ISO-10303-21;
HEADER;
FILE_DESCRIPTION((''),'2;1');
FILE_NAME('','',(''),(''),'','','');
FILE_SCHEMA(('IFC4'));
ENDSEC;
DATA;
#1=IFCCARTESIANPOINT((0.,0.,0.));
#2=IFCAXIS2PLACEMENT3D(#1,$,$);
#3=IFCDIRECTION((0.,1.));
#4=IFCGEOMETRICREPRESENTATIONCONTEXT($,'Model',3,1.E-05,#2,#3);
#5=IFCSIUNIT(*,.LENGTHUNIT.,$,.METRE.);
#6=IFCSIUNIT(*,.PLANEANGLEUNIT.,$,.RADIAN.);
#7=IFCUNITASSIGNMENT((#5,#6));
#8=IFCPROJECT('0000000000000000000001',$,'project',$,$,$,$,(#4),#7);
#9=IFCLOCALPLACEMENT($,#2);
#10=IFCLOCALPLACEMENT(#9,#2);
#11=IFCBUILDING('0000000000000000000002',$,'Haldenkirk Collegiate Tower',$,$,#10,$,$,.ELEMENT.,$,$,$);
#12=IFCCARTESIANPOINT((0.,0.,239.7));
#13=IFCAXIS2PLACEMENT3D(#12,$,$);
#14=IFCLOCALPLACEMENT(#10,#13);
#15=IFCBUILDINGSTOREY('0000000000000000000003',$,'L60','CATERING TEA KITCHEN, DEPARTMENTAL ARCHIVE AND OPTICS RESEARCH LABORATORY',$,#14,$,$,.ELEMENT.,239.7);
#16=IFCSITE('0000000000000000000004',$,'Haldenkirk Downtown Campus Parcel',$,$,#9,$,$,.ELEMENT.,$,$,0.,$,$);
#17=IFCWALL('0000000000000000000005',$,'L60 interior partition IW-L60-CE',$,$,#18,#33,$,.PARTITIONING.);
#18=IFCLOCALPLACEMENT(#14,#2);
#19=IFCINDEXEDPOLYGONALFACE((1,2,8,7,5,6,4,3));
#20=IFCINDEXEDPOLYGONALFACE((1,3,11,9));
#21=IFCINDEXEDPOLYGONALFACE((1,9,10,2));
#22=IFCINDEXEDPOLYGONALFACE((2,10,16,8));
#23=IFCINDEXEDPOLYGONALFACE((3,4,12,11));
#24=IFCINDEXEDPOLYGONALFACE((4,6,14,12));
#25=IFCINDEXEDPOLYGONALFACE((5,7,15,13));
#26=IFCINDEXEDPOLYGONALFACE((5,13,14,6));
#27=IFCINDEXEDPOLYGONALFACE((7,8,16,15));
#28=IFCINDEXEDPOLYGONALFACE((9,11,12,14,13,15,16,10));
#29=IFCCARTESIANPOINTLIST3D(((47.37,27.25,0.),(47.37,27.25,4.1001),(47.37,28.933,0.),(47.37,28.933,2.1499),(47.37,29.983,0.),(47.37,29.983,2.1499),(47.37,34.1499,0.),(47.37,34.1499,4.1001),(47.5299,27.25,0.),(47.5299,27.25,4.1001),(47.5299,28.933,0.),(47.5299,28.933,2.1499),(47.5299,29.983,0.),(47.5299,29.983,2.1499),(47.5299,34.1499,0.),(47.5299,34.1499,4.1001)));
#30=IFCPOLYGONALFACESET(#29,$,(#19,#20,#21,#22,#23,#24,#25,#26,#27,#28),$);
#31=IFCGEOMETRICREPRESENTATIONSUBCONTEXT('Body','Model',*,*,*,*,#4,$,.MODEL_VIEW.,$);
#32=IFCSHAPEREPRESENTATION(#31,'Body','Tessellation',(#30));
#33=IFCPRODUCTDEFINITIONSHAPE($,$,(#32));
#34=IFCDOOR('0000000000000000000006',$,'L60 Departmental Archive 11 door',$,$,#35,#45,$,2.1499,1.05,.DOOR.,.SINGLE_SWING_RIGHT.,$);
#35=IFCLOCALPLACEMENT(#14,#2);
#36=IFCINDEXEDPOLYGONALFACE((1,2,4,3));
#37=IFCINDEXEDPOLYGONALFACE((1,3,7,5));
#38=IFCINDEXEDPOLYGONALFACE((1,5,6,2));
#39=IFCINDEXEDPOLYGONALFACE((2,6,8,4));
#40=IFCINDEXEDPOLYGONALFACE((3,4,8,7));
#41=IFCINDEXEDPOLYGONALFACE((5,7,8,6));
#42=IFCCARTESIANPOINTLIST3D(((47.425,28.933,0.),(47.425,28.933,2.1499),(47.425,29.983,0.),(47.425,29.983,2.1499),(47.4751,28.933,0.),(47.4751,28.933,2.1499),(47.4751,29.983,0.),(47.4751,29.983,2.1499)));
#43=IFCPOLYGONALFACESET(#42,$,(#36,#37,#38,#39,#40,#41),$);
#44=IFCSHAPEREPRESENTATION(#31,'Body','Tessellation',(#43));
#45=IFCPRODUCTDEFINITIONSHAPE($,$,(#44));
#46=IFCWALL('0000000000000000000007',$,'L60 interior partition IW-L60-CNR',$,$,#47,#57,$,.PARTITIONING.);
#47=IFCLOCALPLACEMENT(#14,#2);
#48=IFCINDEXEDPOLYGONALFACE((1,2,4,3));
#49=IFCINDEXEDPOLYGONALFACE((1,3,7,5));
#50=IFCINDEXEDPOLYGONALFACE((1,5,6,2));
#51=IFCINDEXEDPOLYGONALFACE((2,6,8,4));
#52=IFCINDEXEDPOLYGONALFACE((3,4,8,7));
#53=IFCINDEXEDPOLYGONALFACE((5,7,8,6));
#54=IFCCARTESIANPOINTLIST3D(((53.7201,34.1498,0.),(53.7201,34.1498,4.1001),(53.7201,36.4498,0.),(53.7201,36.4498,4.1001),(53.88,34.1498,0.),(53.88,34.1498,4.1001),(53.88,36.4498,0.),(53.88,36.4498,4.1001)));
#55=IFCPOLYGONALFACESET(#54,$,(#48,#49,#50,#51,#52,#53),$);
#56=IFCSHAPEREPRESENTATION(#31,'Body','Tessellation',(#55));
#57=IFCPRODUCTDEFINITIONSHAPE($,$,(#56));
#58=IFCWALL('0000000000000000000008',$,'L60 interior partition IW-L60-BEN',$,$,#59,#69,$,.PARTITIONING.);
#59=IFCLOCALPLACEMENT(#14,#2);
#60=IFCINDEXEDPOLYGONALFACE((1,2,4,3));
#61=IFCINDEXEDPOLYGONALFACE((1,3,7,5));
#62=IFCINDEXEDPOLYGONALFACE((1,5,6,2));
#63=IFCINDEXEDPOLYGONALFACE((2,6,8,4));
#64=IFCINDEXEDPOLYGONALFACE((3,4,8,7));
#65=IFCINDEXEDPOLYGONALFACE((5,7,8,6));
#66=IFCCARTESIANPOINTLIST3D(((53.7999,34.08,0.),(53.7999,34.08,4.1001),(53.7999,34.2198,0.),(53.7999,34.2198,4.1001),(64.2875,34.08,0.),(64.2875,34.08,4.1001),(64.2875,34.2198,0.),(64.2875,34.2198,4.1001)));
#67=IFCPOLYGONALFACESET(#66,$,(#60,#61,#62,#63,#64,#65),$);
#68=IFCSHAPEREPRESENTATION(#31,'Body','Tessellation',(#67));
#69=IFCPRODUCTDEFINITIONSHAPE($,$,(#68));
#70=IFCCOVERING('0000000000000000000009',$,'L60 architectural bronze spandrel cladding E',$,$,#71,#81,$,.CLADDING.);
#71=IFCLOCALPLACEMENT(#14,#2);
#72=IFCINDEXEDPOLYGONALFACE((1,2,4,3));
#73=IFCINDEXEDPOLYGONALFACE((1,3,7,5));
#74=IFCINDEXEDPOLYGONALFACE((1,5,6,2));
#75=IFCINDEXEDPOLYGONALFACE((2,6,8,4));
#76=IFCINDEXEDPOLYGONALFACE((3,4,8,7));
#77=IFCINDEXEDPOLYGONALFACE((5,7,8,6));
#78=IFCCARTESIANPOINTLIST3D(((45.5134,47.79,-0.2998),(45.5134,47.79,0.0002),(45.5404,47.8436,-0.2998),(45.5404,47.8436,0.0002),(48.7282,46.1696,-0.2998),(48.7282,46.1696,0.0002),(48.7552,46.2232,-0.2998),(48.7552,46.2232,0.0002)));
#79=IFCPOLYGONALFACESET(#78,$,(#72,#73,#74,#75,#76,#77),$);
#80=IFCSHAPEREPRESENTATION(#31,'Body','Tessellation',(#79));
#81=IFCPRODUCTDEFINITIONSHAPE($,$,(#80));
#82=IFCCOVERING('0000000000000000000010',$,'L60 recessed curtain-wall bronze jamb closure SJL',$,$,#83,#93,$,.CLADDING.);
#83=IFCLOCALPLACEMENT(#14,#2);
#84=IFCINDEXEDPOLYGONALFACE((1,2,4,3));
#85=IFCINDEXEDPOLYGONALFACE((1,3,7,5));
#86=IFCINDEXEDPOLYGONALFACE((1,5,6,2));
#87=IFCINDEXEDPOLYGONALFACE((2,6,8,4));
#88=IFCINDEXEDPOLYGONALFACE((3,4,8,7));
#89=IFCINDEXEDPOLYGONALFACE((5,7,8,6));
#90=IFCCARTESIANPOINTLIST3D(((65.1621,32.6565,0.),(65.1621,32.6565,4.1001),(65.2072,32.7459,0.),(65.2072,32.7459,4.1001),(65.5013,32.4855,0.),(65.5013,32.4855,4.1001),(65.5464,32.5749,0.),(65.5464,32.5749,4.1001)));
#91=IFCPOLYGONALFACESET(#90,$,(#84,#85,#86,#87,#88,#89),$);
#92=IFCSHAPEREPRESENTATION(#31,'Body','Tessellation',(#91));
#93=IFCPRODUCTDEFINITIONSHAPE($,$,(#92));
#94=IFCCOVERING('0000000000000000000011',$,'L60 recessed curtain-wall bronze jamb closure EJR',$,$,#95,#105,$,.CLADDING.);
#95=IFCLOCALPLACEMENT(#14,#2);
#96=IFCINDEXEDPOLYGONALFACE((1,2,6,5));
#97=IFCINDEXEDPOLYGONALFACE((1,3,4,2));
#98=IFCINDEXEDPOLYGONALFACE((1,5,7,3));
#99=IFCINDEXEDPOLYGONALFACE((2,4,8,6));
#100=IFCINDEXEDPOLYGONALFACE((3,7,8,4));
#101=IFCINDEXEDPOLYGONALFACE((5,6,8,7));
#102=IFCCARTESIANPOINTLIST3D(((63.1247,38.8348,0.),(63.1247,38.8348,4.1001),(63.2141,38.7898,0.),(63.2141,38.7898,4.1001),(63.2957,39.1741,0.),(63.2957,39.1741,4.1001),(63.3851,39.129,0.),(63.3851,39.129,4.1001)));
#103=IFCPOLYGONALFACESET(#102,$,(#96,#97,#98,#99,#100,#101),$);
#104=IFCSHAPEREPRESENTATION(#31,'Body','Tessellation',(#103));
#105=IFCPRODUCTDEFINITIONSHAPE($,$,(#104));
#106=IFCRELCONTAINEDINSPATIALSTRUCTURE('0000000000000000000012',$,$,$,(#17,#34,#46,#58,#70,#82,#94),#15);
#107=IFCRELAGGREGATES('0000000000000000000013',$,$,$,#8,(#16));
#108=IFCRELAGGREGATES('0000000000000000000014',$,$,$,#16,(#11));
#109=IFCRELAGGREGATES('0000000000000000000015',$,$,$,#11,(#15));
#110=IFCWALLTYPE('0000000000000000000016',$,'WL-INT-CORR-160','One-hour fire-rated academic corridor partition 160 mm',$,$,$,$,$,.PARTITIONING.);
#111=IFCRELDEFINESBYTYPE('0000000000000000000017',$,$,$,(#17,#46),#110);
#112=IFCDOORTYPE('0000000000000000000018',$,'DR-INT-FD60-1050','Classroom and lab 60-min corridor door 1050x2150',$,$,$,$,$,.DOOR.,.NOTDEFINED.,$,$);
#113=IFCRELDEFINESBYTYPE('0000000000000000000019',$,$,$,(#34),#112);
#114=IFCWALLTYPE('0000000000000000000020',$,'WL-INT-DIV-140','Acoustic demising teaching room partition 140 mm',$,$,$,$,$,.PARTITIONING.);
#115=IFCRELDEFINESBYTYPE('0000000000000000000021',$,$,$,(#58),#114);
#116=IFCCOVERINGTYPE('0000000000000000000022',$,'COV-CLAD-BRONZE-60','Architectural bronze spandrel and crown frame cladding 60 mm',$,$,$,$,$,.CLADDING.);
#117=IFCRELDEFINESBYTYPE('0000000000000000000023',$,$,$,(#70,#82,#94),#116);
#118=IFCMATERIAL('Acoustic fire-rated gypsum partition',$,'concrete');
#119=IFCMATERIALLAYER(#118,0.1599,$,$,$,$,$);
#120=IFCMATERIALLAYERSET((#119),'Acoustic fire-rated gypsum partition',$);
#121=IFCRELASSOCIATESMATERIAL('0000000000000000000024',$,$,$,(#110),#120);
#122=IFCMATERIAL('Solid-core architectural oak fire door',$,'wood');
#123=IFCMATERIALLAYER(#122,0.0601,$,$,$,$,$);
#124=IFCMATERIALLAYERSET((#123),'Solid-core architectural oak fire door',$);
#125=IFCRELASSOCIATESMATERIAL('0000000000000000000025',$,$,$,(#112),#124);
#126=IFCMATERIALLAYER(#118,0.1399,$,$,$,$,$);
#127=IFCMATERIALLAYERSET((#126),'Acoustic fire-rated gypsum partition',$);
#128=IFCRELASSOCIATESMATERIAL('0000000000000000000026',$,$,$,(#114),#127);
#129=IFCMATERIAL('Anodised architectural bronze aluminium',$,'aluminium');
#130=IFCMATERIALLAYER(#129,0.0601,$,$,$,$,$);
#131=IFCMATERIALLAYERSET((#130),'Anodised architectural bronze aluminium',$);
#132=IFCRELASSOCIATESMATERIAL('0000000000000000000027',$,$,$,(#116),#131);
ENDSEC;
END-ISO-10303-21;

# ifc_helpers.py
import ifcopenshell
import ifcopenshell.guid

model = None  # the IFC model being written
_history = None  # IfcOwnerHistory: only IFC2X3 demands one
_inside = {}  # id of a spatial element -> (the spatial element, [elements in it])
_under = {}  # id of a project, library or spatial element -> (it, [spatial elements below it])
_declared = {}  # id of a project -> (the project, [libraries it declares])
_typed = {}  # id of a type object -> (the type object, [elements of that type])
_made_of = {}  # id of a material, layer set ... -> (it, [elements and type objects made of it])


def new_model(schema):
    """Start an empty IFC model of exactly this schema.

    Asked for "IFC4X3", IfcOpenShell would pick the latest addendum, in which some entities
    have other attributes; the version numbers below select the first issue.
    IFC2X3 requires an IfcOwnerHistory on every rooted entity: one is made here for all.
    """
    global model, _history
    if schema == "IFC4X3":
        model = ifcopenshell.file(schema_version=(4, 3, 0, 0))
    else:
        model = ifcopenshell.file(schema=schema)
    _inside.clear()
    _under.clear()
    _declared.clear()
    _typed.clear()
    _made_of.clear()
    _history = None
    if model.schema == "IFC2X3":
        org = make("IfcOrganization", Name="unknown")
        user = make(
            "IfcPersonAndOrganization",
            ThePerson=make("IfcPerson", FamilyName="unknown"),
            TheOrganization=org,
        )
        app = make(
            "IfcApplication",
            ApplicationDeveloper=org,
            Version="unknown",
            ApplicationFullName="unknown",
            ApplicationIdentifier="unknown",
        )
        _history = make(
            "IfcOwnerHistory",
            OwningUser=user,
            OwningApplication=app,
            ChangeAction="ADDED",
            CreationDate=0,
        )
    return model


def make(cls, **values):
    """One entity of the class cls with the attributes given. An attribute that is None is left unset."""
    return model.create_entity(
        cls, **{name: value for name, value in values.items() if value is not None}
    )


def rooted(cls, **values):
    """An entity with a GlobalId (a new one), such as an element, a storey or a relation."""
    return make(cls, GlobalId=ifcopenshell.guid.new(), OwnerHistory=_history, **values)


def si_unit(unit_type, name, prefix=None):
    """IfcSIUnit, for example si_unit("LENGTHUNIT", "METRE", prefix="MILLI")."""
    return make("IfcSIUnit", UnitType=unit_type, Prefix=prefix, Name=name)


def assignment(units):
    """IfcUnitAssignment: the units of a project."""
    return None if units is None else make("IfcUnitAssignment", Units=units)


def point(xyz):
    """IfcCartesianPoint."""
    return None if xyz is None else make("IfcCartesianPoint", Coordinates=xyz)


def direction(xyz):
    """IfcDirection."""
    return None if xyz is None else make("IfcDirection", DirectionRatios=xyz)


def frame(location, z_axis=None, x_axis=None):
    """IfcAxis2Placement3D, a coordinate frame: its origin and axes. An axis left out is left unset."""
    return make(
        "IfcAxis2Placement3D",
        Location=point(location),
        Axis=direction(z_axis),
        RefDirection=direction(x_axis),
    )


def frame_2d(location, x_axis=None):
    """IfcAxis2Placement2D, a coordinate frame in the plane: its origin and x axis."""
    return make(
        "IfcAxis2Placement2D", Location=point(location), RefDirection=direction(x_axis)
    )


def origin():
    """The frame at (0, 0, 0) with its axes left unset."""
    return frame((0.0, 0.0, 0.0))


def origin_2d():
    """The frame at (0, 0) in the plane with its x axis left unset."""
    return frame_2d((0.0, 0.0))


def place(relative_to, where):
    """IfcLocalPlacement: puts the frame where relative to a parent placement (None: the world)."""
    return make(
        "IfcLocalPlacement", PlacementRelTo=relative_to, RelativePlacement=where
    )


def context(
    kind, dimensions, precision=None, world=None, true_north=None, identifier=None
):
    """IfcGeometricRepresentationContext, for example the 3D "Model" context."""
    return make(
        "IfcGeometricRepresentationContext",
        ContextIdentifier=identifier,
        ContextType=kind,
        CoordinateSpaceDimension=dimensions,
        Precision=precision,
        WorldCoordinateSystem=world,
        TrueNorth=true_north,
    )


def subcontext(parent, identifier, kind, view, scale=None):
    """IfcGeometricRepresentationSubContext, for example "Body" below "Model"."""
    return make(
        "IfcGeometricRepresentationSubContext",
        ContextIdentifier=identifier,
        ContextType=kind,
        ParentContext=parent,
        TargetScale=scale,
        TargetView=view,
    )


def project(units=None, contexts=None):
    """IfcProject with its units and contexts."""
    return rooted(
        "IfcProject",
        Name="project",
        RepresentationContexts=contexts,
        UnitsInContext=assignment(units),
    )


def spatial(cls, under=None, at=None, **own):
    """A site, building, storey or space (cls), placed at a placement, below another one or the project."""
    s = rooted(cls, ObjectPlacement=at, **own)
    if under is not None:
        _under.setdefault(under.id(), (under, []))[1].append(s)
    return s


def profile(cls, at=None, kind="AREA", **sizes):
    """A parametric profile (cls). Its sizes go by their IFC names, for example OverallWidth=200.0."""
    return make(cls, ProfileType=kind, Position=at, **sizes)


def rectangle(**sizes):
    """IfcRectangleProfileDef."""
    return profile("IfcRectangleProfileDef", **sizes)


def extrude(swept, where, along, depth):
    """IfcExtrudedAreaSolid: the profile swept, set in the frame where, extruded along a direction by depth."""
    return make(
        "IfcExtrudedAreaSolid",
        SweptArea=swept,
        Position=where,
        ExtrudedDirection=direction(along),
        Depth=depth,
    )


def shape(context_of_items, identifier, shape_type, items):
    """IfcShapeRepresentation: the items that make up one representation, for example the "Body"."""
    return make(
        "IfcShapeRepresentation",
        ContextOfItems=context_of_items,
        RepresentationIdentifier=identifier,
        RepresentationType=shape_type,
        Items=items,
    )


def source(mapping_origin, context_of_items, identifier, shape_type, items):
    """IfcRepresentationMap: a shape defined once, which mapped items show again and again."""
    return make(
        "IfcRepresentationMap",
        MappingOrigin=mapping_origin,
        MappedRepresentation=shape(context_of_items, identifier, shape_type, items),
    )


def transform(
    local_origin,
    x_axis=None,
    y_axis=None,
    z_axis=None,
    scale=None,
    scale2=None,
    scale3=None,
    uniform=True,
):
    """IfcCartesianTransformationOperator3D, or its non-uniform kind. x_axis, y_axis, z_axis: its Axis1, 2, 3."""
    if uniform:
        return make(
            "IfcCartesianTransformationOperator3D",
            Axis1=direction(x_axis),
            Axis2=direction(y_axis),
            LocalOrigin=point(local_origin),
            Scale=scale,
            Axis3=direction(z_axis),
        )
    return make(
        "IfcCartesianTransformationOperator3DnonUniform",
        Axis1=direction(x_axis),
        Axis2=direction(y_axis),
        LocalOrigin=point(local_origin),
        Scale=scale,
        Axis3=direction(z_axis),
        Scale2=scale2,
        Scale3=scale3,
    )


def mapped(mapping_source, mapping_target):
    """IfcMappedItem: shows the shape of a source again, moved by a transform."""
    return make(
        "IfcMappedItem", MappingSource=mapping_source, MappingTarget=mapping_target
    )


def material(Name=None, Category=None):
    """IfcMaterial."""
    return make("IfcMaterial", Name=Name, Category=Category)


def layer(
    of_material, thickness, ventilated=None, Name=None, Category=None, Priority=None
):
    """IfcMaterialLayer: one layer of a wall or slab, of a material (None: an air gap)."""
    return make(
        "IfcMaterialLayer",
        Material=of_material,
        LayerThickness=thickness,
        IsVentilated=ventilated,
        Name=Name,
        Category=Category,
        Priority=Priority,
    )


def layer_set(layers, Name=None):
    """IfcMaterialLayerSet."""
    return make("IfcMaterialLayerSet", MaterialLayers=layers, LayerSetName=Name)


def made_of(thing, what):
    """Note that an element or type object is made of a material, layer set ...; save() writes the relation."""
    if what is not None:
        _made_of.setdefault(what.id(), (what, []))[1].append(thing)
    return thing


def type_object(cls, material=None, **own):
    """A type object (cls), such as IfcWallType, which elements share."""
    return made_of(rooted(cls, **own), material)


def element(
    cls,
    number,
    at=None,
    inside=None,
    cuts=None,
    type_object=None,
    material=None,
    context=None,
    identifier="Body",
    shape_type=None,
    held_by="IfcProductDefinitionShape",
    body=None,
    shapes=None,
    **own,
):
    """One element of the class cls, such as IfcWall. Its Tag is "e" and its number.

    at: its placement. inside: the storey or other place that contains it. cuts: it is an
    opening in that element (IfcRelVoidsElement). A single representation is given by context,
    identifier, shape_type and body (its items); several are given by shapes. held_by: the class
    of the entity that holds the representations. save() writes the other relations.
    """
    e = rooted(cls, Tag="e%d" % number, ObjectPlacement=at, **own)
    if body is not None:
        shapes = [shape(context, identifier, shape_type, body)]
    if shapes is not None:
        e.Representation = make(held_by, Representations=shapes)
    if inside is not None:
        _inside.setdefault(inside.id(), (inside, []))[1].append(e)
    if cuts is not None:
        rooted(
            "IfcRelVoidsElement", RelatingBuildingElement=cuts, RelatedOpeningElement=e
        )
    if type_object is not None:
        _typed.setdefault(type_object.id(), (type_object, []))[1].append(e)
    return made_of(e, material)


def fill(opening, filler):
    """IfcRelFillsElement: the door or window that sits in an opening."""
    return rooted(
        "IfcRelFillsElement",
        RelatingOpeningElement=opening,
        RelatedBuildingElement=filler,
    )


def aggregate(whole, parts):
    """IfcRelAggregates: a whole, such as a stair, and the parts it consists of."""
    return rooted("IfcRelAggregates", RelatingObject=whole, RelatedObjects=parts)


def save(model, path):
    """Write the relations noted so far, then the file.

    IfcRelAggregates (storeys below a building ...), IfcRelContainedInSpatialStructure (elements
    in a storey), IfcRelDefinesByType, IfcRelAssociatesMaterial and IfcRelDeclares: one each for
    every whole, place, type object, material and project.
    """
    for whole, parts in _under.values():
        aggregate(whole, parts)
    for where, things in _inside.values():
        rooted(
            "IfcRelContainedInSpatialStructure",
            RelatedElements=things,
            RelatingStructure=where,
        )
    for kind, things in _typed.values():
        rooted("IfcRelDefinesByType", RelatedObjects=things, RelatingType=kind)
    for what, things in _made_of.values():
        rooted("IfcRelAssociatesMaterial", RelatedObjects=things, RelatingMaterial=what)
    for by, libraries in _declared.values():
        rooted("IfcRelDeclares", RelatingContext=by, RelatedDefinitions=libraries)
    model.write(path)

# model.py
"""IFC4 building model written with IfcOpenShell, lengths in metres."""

from ifc_helpers import new_model, si_unit, direction, frame, frame_2d, origin, origin_2d, place, context, subcontext, project, spatial, rectangle, extrude, source, transform, mapped, material, layer, layer_set, type_object, element, fill, save


model = new_model("IFC4")

# Units and contexts
model_context = context("Model", 3, precision=1e-05, world=origin(), true_north=direction((0.0, 1.0)))
body_context = subcontext(model_context, "Body", "Model", "MODEL_VIEW")
ifc_project = project(units=[si_unit("LENGTHUNIT", "METRE"), si_unit("PLANEANGLEUNIT", "RADIAN")], contexts=[model_context])

# Site, building, storey
site_placement = place(None, origin())
site = spatial("IfcSite", under=ifc_project, at=site_placement, Name="Haldenkirk Downtown Campus Parcel", CompositionType="ELEMENT", RefElevation=0.0)
building_placement = place(site_placement, origin())
building = spatial("IfcBuilding", under=site, at=building_placement, Name="Haldenkirk Collegiate Tower", CompositionType="ELEMENT")
storey_placement = place(building_placement, frame((0.0, 0.0, 239.7)))
storey = spatial("IfcBuildingStorey", under=building, at=storey_placement, Name="L60", Description="CATERING TEA KITCHEN, DEPARTMENTAL ARCHIVE AND OPTICS RESEARCH LABORATORY", CompositionType="ELEMENT", Elevation=239.7)

# Shared definitions
ifc_material_1 = material(Name="Anodised architectural bronze aluminium", Category="aluminium")

# Shared definitions
ifc_material_2 = material(Name="Acoustic fire-rated gypsum partition", Category="concrete")
ifc_layer_1 = layer(ifc_material_2, 0.1599)
ifc_layer_set_1 = layer_set([ifc_layer_1], Name="Acoustic fire-rated gypsum partition")
wall_type_1 = type_object("IfcWallType", Name="WL-INT-CORR-160", Description="One-hour fire-rated academic corridor partition 160 mm", PredefinedType="PARTITIONING", material=ifc_layer_set_1)

# Wall, opening, door
wall_1_placement = place(storey_placement, frame((47.45, 27.25, 0.0), z_axis=(0.0, 0.0, 1.0), x_axis=(0.0, 1.0, 0.0)))
wall_1 = element("IfcWall", 1, at=wall_1_placement, inside=storey, type_object=wall_type_1, Name="L60 interior partition IW-L60-CE", PredefinedType="PARTITIONING", context=body_context, shape_type="SweptSolid", body=[
    extrude(rectangle(XDim=6.8999, YDim=0.1599, at=frame_2d((3.45, 0.0))), origin(), (0.0, 0.0, 1.0), 4.1001),
])
opening_1_placement = place(wall_1_placement, frame((1.6831, 0.0, 0.0)))
opening_1 = element("IfcOpeningElement", 2, at=opening_1_placement, cuts=wall_1, PredefinedType="OPENING", context=body_context, shape_type="SweptSolid", body=[
    extrude(rectangle(XDim=1.05, YDim=2.1499, at=frame_2d((0.5249, 1.075))), frame((0.0, 0.0898, 0.0), z_axis=(0.0, -1.0, 0.0), x_axis=(1.0, 0.0, 0.0)), (0.0, 0.0, 1.0), 0.1799),
])
ifc_material_3 = material(Name="Solid-core architectural oak fire door", Category="wood")
ifc_layer_2 = layer(ifc_material_3, 0.0601)
ifc_layer_set_2 = layer_set([ifc_layer_2], Name="Solid-core architectural oak fire door")
door_type = type_object("IfcDoorType", Name="DR-INT-FD60-1050", Description="Classroom and lab 60-min corridor door 1050x2150", OperationType="NOTDEFINED", PredefinedType="DOOR", material=ifc_layer_set_2)
door_placement = place(opening_1_placement, origin())
door = element("IfcDoor", 3, at=door_placement, inside=storey, type_object=door_type, Name="L60 Departmental Archive 11 door", OperationType="SINGLE_SWING_RIGHT", OverallHeight=2.1499, OverallWidth=1.05, PredefinedType="DOOR", context=body_context, shape_type="SweptSolid", body=[
    extrude(rectangle(XDim=1.05, YDim=2.1499, at=frame_2d((0.5249, 1.075))), frame((0.0, 0.0249, 0.0), z_axis=(0.0, -1.0, 0.0), x_axis=(1.0, 0.0, 0.0)), (0.0, 0.0, 1.0), 0.05),
])
fill(opening_1, door)

# Walls
wall_2_placement = place(storey_placement, frame((53.8, 34.1499, 0.0), z_axis=(0.0, 0.0, 1.0), x_axis=(0.0, 1.0, 0.0)))
element("IfcWall", 4, at=wall_2_placement, inside=storey, type_object=wall_type_1, Name="L60 interior partition IW-L60-CNR", PredefinedType="PARTITIONING", context=body_context, shape_type="SweptSolid", body=[
    extrude(rectangle(XDim=2.3, YDim=0.1599, at=frame_2d((1.1499, 0.0))), origin(), (0.0, 0.0, 1.0), 4.1001),
])
ifc_layer_3 = layer(ifc_material_2, 0.1399)
ifc_layer_set_3 = layer_set([ifc_layer_3], Name="Acoustic fire-rated gypsum partition")
wall_type_2 = type_object("IfcWallType", Name="WL-INT-DIV-140", Description="Acoustic demising teaching room partition 140 mm", PredefinedType="PARTITIONING", material=ifc_layer_set_3)
wall_3_placement = place(storey_placement, frame((53.8, 34.1499, 0.0), z_axis=(0.0, 0.0, 1.0), x_axis=(1.0, 0.0, 0.0)))
element("IfcWall", 5, at=wall_3_placement, inside=storey, type_object=wall_type_2, Name="L60 interior partition IW-L60-BEN", PredefinedType="PARTITIONING", context=body_context, shape_type="SweptSolid", body=[
    extrude(rectangle(XDim=10.4875, YDim=0.1399, at=frame_2d((5.2437, 0.0))), origin(), (0.0, 0.0, 1.0), 4.1001),
])

# Coverings
ifc_layer_4 = layer(ifc_material_1, 0.0601)
ifc_layer_set_4 = layer_set([ifc_layer_4], Name="Anodised architectural bronze aluminium")
covering_type = type_object("IfcCoveringType", Name="COV-CLAD-BRONZE-60", Description="Architectural bronze spandrel and crown frame cladding 60 mm", PredefinedType="CLADDING", material=ifc_layer_set_4)
shared_shape_1 = source(origin(), body_context, "Body", "SweptSolid", [
    extrude(rectangle(XDim=3.6001, YDim=0.0601, at=origin_2d()), origin(), (0.0, 0.0, 1.0), 0.3),
])
covering_placement = place(storey_placement, frame((47.1343, 47.0066, -0.2998), z_axis=(0.0, 0.0, 1.0), x_axis=(0.892979, -0.450098, 0.0)))
element("IfcCovering", 6, at=covering_placement, inside=storey, type_object=covering_type, Name="L60 architectural bronze spandrel cladding E", PredefinedType="CLADDING", context=body_context, shape_type="MappedRepresentation", body=[
    mapped(shared_shape_1, transform((0.0, 0.0, 0.0), x_axis=(1.0, 0.0, 0.0), y_axis=(0.0, 1.0, 0.0), z_axis=(0.0, 0.0, 1.0), scale=1.0)),
])
shared_shape_2 = source(origin(), body_context, "Body", "SweptSolid", [
    extrude(rectangle(XDim=0.1001, YDim=0.3799, at=origin_2d()), origin(), (0.0, 0.0, 1.0), 4.1001),
])
for number, where, z_axis, x_axis, name in (
    (7, (65.3542, 32.6157, 0.0), (0.0, 0.0, 1.0), (-0.450098, -0.892979, 0.0), "L60 recessed curtain-wall bronze jamb closure SJL"),
    (8, (63.2549, 38.9819, 0.0), (0.0, 0.0, 1.0), (0.892979, -0.450098, 0.0), "L60 recessed curtain-wall bronze jamb closure EJR"),
):
    element("IfcCovering", number, at=place(storey_placement, frame(where, z_axis=z_axis, x_axis=x_axis)), inside=storey, type_object=covering_type, Name=name, PredefinedType="CLADDING", context=body_context, shape_type="MappedRepresentation", body=[
        mapped(shared_shape_2, transform((0.0, 0.0, 0.0), x_axis=(1.0, 0.0, 0.0), y_axis=(0.0, 1.0, 0.0), z_axis=(0.0, 0.0, 1.0), scale=1.0)),
    ])

save(model, "model.ifc")
